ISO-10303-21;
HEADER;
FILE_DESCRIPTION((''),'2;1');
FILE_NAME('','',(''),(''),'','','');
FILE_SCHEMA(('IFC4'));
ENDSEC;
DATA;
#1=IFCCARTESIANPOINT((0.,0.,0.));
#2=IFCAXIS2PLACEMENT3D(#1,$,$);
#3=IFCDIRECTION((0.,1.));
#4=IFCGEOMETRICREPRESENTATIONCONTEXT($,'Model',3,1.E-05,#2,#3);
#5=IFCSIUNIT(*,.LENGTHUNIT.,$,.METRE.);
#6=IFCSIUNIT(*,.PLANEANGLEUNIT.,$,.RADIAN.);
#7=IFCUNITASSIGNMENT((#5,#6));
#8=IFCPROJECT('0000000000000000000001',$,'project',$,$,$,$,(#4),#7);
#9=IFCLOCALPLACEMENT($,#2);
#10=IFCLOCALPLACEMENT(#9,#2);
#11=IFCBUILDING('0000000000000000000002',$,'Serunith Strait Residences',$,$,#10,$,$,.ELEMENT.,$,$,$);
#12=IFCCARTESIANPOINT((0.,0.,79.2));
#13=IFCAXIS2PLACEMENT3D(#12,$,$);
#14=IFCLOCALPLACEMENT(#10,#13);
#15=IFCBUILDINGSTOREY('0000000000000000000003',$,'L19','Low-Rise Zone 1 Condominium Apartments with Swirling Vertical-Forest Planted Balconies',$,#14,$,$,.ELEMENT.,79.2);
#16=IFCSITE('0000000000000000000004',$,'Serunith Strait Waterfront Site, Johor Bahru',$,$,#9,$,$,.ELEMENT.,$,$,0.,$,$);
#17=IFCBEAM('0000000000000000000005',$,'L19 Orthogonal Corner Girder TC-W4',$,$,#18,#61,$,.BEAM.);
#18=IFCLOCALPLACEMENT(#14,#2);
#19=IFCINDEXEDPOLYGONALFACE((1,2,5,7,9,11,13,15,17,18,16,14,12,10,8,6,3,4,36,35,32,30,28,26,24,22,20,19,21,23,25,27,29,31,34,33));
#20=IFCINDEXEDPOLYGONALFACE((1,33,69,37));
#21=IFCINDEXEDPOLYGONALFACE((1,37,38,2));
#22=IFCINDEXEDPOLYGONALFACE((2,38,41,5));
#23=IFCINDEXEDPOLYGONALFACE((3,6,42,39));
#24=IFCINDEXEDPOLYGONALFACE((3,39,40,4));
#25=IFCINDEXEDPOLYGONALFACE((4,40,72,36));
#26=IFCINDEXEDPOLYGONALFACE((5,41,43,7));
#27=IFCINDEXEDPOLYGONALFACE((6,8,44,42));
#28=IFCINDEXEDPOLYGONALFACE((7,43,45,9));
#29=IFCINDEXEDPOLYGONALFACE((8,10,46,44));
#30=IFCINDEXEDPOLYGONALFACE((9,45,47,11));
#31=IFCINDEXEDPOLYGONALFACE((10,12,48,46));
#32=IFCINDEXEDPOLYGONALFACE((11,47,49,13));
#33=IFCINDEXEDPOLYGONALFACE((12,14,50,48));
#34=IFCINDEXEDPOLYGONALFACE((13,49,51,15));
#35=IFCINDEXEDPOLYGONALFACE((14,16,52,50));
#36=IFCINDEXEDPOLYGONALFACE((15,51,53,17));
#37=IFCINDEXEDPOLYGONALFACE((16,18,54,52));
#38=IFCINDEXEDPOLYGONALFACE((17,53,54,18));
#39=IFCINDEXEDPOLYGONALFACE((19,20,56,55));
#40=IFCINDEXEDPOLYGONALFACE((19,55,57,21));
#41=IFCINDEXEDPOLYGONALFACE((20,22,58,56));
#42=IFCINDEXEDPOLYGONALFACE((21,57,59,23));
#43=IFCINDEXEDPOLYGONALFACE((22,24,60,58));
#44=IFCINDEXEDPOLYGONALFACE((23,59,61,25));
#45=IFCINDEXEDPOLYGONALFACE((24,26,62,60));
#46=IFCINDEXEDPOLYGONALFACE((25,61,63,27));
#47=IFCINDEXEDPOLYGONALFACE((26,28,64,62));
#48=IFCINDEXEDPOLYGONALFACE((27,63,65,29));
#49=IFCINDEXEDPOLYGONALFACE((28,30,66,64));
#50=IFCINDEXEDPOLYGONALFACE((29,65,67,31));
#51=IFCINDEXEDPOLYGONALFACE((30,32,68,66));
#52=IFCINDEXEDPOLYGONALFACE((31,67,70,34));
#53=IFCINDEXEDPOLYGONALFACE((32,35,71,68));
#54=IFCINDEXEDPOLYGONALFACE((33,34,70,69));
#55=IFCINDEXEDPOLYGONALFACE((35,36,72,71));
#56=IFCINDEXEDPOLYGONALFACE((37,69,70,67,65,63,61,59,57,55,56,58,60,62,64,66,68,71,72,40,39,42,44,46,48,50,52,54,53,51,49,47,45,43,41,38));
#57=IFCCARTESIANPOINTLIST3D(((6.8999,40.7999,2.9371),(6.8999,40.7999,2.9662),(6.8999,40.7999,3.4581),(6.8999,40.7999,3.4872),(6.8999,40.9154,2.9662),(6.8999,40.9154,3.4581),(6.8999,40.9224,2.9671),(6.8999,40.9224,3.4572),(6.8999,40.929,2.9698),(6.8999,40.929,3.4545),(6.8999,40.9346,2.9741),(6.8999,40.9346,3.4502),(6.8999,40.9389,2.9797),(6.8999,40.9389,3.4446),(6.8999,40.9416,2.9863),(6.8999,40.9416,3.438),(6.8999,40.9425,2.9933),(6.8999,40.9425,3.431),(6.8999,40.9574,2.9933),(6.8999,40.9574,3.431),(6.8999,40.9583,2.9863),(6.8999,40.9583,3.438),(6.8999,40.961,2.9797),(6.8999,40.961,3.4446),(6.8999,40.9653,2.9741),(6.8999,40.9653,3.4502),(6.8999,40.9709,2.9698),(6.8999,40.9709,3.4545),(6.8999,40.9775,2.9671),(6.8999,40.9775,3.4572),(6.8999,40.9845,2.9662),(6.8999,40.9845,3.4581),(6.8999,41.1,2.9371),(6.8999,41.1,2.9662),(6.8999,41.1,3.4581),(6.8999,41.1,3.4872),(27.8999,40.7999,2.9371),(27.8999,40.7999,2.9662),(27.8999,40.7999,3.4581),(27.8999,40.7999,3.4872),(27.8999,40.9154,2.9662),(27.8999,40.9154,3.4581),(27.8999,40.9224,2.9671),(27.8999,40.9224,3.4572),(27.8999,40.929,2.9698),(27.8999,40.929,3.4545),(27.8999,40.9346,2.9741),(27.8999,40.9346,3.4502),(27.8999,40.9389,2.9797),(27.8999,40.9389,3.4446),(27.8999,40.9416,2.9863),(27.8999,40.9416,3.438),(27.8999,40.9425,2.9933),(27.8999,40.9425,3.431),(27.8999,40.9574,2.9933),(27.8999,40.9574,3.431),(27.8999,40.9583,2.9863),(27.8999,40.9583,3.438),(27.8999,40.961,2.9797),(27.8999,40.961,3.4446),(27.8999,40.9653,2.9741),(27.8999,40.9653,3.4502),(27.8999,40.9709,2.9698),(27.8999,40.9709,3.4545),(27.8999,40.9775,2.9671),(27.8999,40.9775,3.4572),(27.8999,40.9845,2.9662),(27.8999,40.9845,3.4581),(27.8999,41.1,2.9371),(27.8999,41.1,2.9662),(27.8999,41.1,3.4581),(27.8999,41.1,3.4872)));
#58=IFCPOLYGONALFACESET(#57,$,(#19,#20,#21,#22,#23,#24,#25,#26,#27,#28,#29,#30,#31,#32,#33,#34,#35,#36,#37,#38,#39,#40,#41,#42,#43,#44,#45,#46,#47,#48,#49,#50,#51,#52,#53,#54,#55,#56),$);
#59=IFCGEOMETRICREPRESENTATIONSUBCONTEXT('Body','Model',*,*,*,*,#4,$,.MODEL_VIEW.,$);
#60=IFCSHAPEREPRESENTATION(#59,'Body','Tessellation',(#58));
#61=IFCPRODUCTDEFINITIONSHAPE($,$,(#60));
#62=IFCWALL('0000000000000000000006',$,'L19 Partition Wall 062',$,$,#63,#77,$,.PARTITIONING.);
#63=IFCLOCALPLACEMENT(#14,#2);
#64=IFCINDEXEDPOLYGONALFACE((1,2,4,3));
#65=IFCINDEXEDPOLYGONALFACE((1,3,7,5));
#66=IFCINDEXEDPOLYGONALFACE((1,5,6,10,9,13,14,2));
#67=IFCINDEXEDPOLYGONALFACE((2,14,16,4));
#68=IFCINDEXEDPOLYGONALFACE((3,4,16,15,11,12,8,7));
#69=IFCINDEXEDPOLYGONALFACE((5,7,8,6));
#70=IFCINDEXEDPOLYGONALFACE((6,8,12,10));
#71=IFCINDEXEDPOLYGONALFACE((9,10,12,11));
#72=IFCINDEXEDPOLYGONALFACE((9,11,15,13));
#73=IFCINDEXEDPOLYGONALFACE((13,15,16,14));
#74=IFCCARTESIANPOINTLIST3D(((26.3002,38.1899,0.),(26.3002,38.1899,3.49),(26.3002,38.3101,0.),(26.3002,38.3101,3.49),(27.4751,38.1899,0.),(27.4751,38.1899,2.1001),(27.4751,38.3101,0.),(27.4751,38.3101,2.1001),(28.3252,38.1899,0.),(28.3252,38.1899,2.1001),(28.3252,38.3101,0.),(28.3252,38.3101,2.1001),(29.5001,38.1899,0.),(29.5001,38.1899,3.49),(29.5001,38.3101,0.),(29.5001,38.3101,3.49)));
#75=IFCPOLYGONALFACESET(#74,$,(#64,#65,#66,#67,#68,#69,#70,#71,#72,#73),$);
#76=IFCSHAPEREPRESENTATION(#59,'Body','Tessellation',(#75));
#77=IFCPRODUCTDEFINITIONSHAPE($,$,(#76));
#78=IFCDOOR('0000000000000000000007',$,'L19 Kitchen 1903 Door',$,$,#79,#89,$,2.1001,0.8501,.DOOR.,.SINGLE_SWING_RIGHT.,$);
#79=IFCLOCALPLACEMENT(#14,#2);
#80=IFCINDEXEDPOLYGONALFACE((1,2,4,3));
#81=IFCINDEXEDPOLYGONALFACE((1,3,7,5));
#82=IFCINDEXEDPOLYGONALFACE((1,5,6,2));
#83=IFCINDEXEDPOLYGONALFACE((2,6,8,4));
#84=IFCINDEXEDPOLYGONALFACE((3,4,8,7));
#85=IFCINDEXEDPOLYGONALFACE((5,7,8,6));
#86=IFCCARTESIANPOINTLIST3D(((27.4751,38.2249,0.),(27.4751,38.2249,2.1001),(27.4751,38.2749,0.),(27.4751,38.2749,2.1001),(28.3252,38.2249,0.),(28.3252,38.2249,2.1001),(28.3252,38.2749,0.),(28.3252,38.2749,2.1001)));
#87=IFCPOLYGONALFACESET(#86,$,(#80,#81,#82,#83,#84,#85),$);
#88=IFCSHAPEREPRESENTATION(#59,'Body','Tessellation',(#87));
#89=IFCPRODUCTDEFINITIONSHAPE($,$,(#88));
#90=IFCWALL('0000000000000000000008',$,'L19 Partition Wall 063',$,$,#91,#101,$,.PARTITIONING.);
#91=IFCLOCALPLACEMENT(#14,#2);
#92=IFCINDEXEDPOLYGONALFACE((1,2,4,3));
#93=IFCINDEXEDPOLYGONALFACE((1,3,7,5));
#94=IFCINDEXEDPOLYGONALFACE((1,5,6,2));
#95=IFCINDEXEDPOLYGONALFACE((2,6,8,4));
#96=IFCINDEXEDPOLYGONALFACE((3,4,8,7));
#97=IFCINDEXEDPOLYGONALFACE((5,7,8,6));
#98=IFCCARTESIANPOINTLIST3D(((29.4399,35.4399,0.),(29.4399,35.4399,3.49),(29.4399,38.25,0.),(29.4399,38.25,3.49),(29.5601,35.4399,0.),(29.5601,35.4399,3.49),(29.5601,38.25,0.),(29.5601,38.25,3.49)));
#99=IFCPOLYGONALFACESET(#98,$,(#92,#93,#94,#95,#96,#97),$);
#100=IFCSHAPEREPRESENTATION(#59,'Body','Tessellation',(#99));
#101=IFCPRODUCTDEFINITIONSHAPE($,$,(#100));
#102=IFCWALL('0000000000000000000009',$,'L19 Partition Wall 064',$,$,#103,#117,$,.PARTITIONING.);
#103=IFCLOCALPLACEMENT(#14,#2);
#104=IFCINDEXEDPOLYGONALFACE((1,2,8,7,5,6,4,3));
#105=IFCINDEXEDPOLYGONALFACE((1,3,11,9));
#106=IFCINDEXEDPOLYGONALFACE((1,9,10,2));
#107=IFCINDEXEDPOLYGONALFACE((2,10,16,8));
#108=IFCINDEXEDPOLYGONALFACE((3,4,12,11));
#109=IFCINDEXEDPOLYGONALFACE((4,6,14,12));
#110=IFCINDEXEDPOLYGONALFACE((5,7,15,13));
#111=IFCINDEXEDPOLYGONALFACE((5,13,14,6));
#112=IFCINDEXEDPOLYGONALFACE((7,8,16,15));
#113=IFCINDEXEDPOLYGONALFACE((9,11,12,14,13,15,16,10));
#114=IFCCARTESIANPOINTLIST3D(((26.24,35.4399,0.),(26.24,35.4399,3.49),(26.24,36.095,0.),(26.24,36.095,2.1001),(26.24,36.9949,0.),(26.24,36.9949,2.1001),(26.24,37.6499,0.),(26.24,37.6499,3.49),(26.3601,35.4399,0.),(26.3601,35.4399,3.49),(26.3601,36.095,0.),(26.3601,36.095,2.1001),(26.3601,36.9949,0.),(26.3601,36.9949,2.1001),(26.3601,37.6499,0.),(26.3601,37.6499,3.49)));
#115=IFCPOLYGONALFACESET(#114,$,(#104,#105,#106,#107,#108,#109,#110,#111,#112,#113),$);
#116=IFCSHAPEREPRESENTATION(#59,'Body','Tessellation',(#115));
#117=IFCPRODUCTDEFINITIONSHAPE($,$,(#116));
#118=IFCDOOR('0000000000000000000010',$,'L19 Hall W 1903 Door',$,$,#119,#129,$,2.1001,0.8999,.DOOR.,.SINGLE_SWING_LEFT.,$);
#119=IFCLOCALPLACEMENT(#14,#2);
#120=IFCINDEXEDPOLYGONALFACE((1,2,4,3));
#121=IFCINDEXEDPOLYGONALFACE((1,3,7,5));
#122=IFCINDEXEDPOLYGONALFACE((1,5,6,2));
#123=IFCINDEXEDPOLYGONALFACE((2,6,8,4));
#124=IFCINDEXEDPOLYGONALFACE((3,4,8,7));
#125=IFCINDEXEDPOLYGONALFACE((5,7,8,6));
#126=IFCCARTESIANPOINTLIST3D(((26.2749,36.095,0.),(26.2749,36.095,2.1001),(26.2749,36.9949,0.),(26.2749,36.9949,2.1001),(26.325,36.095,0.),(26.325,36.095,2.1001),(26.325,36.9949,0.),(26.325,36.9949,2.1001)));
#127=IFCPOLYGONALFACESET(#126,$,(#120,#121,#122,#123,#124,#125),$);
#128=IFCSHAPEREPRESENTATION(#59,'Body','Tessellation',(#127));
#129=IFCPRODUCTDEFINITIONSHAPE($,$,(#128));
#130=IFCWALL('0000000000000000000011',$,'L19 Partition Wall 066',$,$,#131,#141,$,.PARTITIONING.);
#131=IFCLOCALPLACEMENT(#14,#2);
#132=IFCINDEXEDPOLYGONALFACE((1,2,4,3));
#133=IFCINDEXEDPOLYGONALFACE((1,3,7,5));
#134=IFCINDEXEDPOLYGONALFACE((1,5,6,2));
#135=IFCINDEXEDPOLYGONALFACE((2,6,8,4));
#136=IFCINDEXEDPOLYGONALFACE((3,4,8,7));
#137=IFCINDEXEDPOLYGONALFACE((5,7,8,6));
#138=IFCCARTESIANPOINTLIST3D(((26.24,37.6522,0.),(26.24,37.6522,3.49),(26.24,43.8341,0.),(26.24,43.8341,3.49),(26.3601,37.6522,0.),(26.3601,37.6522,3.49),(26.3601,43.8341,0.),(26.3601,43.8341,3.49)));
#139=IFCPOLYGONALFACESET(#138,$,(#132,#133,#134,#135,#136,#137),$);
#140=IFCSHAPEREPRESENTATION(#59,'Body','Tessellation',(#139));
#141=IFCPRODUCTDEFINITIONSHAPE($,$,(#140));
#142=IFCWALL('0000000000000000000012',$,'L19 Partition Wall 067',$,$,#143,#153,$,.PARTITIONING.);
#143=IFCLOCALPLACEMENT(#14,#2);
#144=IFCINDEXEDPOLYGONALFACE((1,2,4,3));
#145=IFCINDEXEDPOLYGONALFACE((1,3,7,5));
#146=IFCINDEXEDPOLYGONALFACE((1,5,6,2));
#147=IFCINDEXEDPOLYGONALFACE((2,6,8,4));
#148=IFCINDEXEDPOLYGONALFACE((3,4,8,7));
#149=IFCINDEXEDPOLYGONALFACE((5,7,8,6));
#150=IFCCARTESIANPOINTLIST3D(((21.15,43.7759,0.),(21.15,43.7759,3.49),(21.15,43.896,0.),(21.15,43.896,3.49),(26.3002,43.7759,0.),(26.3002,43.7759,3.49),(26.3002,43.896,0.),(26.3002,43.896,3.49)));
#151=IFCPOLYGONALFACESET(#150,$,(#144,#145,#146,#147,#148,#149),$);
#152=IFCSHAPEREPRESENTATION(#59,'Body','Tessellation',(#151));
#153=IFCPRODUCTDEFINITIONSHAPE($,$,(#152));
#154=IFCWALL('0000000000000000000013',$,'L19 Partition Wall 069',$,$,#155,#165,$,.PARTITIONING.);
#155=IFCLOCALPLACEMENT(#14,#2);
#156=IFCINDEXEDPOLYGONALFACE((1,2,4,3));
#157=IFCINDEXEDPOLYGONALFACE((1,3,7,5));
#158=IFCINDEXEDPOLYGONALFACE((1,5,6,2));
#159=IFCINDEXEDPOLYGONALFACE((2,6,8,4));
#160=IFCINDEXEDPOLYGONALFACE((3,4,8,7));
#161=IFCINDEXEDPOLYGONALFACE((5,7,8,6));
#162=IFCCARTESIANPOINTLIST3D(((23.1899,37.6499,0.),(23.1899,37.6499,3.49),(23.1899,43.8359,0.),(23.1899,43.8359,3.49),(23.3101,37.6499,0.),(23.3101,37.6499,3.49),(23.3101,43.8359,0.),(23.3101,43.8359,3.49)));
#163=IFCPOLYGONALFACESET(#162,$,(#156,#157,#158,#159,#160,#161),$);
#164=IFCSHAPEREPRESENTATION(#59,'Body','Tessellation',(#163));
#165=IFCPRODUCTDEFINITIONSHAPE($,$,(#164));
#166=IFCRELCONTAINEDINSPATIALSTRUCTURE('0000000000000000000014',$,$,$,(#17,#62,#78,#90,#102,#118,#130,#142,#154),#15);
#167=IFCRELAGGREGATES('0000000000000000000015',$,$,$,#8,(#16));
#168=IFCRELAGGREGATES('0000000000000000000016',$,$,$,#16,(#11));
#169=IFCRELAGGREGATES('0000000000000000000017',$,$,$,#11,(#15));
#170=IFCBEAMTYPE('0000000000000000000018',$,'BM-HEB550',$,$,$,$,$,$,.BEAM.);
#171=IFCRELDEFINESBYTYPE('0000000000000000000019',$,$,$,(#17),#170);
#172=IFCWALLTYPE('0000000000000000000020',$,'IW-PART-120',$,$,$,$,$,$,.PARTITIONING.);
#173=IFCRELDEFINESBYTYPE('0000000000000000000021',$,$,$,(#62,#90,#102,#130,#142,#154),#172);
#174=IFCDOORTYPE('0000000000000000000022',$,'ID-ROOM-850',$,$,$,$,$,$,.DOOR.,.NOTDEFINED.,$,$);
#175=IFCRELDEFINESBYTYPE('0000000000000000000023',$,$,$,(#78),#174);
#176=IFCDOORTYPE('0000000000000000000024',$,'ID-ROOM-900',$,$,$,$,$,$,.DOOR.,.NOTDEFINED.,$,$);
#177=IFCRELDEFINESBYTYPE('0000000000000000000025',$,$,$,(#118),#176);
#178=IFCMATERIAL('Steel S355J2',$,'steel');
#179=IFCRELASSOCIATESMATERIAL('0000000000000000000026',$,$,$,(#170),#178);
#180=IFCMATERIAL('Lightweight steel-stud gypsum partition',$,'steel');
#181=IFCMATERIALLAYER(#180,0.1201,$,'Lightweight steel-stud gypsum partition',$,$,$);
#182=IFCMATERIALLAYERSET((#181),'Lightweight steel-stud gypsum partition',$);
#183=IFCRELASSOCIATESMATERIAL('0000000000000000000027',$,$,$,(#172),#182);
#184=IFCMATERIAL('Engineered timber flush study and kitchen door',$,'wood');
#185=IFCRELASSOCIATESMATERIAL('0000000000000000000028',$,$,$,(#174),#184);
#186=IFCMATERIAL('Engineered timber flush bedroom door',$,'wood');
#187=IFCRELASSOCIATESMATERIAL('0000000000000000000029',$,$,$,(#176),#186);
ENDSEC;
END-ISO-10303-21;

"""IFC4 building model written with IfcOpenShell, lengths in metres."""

from ifc_helpers import new_model, si_unit, direction, frame, frame_2d, origin, origin_2d, place, context, subcontext, project, spatial, rectangle, i_section, extrude, source, transform, mapped, material, layer, layer_set, material_profile, profile_set, type_object, element, fill, save


model = new_model("IFC4")

# Units and contexts
model_context = context("Model", 3, precision=1e-05, world=origin(), true_north=direction((0.0, 1.0)))
body_context = subcontext(model_context, "Body", "Model", "MODEL_VIEW")
ifc_project = project(units=[si_unit("LENGTHUNIT", "METRE"), si_unit("PLANEANGLEUNIT", "RADIAN")], contexts=[model_context])

# Site, building, storey
site_placement = place(None, origin())
site = spatial("IfcSite", under=ifc_project, at=site_placement, Name="Serunith Strait Waterfront Site, Johor Bahru", CompositionType="ELEMENT", RefElevation=0.0)
building_placement = place(site_placement, origin())
building = spatial("IfcBuilding", under=site, at=building_placement, Name="Serunith Strait Residences", CompositionType="ELEMENT")
storey_placement = place(building_placement, frame((0.0, 0.0, 79.2)))
storey = spatial("IfcBuildingStorey", under=building, at=storey_placement, Name="L19", Description="Low-Rise Zone 1 Condominium Apartments with Swirling Vertical-Forest Planted Balconies", CompositionType="ELEMENT", Elevation=79.2)

# Beam
ifc_material_1 = material(Name="Steel S355J2", Category="steel")
ifc_material_profile = material_profile(ifc_material_1, i_section(OverallWidth=0.3, OverallDepth=0.55, WebThickness=0.0149, FlangeThickness=0.0291, FilletRadius=0.0271, at=origin_2d()), Name="HEB 550")
ifc_profile_set = profile_set([ifc_material_profile], Name="Steel S355J2")
beam_type = type_object("IfcBeamType", Name="BM-HEB550", PredefinedType="BEAM", material=ifc_profile_set)
shared_shape_1 = source(origin(), body_context, "Body", "SweptSolid", [
    extrude(i_section(OverallWidth=0.3, OverallDepth=0.55, WebThickness=0.0149, FlangeThickness=0.0291, FilletRadius=0.0271, at=origin_2d()), origin(), (0.0, 0.0, 1.0), 21.0),
])
beam_placement = place(storey_placement, frame((27.8999, 40.95, 3.2122), z_axis=(-1.0, 0.0, 0.0), x_axis=(0.0, -1.0, 0.0)))
element("IfcBeam", 1, at=beam_placement, inside=storey, type_object=beam_type, Name="L19 Orthogonal Corner Girder TC-W4", PredefinedType="BEAM", context=body_context, shape_type="MappedRepresentation", body=[
    mapped(shared_shape_1, transform((0.0, 0.0, 0.0), scale=1.0)),
])

# Wall, opening, door
ifc_material_2 = material(Name="Lightweight steel-stud gypsum partition", Category="steel")
ifc_layer = layer(ifc_material_2, 0.1201, Name="Lightweight steel-stud gypsum partition")
ifc_layer_set = layer_set([ifc_layer], Name="Lightweight steel-stud gypsum partition")
wall_type = type_object("IfcWallType", Name="IW-PART-120", PredefinedType="PARTITIONING", material=ifc_layer_set)
wall_1_placement = place(storey_placement, frame((26.3, 38.25, 0.0), z_axis=(0.0, 0.0, 1.0), x_axis=(1.0, 0.0, 0.0)))
wall_1 = element("IfcWall", 2, at=wall_1_placement, inside=storey, type_object=wall_type, Name="L19 Partition Wall 062", PredefinedType="PARTITIONING", context=body_context, shape_type="SweptSolid", body=[
    extrude(rectangle(XDim=3.2, YDim=0.1201, at=frame_2d((1.6001, 0.0))), origin(), (0.0, 0.0, 1.0), 3.49),
])
opening_1_placement = place(wall_1_placement, frame((1.175, 0.0, 0.0)))
opening_1 = element("IfcOpeningElement", 3, at=opening_1_placement, cuts=wall_1, PredefinedType="OPENING", context=body_context, shape_type="SweptSolid", body=[
    extrude(rectangle(XDim=0.8501, YDim=2.1001, at=frame_2d((0.425, 1.05))), frame((0.0, 0.0701, 0.0), z_axis=(0.0, -1.0, 0.0), x_axis=(1.0, 0.0, 0.0)), (0.0, 0.0, 1.0), 0.1401),
])
ifc_material_3 = material(Name="Engineered timber flush study and kitchen door", Category="wood")
door_type_1 = type_object("IfcDoorType", Name="ID-ROOM-850", OperationType="NOTDEFINED", PredefinedType="DOOR", material=ifc_material_3)
shared_shape_2 = source(origin(), body_context, "Body", "SweptSolid", [
    extrude(rectangle(XDim=0.8501, YDim=2.1001, at=frame_2d((0.425, 1.05))), frame((0.0, 0.0249, 0.0), z_axis=(0.0, -1.0, 0.0), x_axis=(1.0, 0.0, 0.0)), (0.0, 0.0, 1.0), 0.05),
])
door_1_placement = place(opening_1_placement, origin())
door_1 = element("IfcDoor", 4, at=door_1_placement, inside=storey, type_object=door_type_1, Name="L19 Kitchen 1903 Door", OperationType="SINGLE_SWING_RIGHT", OverallHeight=2.1001, OverallWidth=0.8501, PredefinedType="DOOR", context=body_context, shape_type="MappedRepresentation", body=[
    mapped(shared_shape_2, transform((0.0, 0.0, 0.0), scale=1.0)),
])
fill(opening_1, door_1)

# Wall
wall_2_placement = place(storey_placement, frame((29.5, 38.25, 0.0), z_axis=(0.0, 0.0, 1.0), x_axis=(0.0, -1.0, 0.0)))
element("IfcWall", 5, at=wall_2_placement, inside=storey, type_object=wall_type, Name="L19 Partition Wall 063", PredefinedType="PARTITIONING", context=body_context, shape_type="SweptSolid", body=[
    extrude(rectangle(XDim=2.8101, YDim=0.1201, at=frame_2d((1.405, 0.0))), origin(), (0.0, 0.0, 1.0), 3.49),
])

# Wall, opening, door
wall_3_placement = place(storey_placement, frame((26.3, 37.6499, 0.0), z_axis=(0.0, 0.0, 1.0), x_axis=(0.0, -1.0, 0.0)))
wall_3 = element("IfcWall", 6, at=wall_3_placement, inside=storey, type_object=wall_type, Name="L19 Partition Wall 064", PredefinedType="PARTITIONING", context=body_context, shape_type="SweptSolid", body=[
    extrude(rectangle(XDim=2.21, YDim=0.1201, at=frame_2d((1.105, 0.0))), origin(), (0.0, 0.0, 1.0), 3.49),
])
opening_2_placement = place(wall_3_placement, frame((0.655, 0.0, 0.0)))
opening_2 = element("IfcOpeningElement", 7, at=opening_2_placement, cuts=wall_3, PredefinedType="OPENING", context=body_context, shape_type="SweptSolid", body=[
    extrude(rectangle(XDim=0.8999, YDim=2.1001, at=frame_2d((0.45, 1.05))), frame((0.0, 0.0701, 0.0), z_axis=(0.0, -1.0, 0.0), x_axis=(1.0, 0.0, 0.0)), (0.0, 0.0, 1.0), 0.1401),
])
ifc_material_4 = material(Name="Engineered timber flush bedroom door", Category="wood")
door_type_2 = type_object("IfcDoorType", Name="ID-ROOM-900", OperationType="NOTDEFINED", PredefinedType="DOOR", material=ifc_material_4)
shared_shape_3 = source(origin(), body_context, "Body", "SweptSolid", [
    extrude(rectangle(XDim=0.8999, YDim=2.1001, at=frame_2d((0.45, 1.05))), frame((0.0, 0.0249, 0.0), z_axis=(0.0, -1.0, 0.0), x_axis=(1.0, 0.0, 0.0)), (0.0, 0.0, 1.0), 0.05),
])
door_2_placement = place(opening_2_placement, origin())
door_2 = element("IfcDoor", 8, at=door_2_placement, inside=storey, type_object=door_type_2, Name="L19 Hall W 1903 Door", OperationType="SINGLE_SWING_LEFT", OverallHeight=2.1001, OverallWidth=0.8999, PredefinedType="DOOR", context=body_context, shape_type="MappedRepresentation", body=[
    mapped(shared_shape_3, transform((0.0, 0.0, 0.0), scale=1.0)),
])
fill(opening_2, door_2)

# Walls
wall_4_placement = place(storey_placement, frame((26.3, 43.834, 0.0), z_axis=(0.0, 0.0, 1.0), x_axis=(0.0, -1.0, 0.0)))
element("IfcWall", 9, at=wall_4_placement, inside=storey, type_object=wall_type, Name="L19 Partition Wall 066", PredefinedType="PARTITIONING", context=body_context, shape_type="SweptSolid", body=[
    extrude(rectangle(XDim=6.1819, YDim=0.1201, at=frame_2d((3.0908, 0.0))), origin(), (0.0, 0.0, 1.0), 3.49),
])
wall_5_placement = place(storey_placement, frame((21.1499, 43.8359, 0.0), z_axis=(0.0, 0.0, 1.0), x_axis=(1.0, 0.0, 0.0)))
element("IfcWall", 10, at=wall_5_placement, inside=storey, type_object=wall_type, Name="L19 Partition Wall 067", PredefinedType="PARTITIONING", context=body_context, shape_type="SweptSolid", body=[
    extrude(rectangle(XDim=5.1501, YDim=0.1201, at=frame_2d((2.5752, 0.0))), origin(), (0.0, 0.0, 1.0), 3.49),
])
wall_6_placement = place(storey_placement, frame((23.25, 43.8359, 0.0), z_axis=(0.0, 0.0, 1.0), x_axis=(0.0, -1.0, 0.0)))
element("IfcWall", 11, at=wall_6_placement, inside=storey, type_object=wall_type, Name="L19 Partition Wall 069", PredefinedType="PARTITIONING", context=body_context, shape_type="SweptSolid", body=[
    extrude(rectangle(XDim=6.186, YDim=0.1201, at=frame_2d((3.093, 0.0))), origin(), (0.0, 0.0, 1.0), 3.49),
])

save(model, "model.ifc")
